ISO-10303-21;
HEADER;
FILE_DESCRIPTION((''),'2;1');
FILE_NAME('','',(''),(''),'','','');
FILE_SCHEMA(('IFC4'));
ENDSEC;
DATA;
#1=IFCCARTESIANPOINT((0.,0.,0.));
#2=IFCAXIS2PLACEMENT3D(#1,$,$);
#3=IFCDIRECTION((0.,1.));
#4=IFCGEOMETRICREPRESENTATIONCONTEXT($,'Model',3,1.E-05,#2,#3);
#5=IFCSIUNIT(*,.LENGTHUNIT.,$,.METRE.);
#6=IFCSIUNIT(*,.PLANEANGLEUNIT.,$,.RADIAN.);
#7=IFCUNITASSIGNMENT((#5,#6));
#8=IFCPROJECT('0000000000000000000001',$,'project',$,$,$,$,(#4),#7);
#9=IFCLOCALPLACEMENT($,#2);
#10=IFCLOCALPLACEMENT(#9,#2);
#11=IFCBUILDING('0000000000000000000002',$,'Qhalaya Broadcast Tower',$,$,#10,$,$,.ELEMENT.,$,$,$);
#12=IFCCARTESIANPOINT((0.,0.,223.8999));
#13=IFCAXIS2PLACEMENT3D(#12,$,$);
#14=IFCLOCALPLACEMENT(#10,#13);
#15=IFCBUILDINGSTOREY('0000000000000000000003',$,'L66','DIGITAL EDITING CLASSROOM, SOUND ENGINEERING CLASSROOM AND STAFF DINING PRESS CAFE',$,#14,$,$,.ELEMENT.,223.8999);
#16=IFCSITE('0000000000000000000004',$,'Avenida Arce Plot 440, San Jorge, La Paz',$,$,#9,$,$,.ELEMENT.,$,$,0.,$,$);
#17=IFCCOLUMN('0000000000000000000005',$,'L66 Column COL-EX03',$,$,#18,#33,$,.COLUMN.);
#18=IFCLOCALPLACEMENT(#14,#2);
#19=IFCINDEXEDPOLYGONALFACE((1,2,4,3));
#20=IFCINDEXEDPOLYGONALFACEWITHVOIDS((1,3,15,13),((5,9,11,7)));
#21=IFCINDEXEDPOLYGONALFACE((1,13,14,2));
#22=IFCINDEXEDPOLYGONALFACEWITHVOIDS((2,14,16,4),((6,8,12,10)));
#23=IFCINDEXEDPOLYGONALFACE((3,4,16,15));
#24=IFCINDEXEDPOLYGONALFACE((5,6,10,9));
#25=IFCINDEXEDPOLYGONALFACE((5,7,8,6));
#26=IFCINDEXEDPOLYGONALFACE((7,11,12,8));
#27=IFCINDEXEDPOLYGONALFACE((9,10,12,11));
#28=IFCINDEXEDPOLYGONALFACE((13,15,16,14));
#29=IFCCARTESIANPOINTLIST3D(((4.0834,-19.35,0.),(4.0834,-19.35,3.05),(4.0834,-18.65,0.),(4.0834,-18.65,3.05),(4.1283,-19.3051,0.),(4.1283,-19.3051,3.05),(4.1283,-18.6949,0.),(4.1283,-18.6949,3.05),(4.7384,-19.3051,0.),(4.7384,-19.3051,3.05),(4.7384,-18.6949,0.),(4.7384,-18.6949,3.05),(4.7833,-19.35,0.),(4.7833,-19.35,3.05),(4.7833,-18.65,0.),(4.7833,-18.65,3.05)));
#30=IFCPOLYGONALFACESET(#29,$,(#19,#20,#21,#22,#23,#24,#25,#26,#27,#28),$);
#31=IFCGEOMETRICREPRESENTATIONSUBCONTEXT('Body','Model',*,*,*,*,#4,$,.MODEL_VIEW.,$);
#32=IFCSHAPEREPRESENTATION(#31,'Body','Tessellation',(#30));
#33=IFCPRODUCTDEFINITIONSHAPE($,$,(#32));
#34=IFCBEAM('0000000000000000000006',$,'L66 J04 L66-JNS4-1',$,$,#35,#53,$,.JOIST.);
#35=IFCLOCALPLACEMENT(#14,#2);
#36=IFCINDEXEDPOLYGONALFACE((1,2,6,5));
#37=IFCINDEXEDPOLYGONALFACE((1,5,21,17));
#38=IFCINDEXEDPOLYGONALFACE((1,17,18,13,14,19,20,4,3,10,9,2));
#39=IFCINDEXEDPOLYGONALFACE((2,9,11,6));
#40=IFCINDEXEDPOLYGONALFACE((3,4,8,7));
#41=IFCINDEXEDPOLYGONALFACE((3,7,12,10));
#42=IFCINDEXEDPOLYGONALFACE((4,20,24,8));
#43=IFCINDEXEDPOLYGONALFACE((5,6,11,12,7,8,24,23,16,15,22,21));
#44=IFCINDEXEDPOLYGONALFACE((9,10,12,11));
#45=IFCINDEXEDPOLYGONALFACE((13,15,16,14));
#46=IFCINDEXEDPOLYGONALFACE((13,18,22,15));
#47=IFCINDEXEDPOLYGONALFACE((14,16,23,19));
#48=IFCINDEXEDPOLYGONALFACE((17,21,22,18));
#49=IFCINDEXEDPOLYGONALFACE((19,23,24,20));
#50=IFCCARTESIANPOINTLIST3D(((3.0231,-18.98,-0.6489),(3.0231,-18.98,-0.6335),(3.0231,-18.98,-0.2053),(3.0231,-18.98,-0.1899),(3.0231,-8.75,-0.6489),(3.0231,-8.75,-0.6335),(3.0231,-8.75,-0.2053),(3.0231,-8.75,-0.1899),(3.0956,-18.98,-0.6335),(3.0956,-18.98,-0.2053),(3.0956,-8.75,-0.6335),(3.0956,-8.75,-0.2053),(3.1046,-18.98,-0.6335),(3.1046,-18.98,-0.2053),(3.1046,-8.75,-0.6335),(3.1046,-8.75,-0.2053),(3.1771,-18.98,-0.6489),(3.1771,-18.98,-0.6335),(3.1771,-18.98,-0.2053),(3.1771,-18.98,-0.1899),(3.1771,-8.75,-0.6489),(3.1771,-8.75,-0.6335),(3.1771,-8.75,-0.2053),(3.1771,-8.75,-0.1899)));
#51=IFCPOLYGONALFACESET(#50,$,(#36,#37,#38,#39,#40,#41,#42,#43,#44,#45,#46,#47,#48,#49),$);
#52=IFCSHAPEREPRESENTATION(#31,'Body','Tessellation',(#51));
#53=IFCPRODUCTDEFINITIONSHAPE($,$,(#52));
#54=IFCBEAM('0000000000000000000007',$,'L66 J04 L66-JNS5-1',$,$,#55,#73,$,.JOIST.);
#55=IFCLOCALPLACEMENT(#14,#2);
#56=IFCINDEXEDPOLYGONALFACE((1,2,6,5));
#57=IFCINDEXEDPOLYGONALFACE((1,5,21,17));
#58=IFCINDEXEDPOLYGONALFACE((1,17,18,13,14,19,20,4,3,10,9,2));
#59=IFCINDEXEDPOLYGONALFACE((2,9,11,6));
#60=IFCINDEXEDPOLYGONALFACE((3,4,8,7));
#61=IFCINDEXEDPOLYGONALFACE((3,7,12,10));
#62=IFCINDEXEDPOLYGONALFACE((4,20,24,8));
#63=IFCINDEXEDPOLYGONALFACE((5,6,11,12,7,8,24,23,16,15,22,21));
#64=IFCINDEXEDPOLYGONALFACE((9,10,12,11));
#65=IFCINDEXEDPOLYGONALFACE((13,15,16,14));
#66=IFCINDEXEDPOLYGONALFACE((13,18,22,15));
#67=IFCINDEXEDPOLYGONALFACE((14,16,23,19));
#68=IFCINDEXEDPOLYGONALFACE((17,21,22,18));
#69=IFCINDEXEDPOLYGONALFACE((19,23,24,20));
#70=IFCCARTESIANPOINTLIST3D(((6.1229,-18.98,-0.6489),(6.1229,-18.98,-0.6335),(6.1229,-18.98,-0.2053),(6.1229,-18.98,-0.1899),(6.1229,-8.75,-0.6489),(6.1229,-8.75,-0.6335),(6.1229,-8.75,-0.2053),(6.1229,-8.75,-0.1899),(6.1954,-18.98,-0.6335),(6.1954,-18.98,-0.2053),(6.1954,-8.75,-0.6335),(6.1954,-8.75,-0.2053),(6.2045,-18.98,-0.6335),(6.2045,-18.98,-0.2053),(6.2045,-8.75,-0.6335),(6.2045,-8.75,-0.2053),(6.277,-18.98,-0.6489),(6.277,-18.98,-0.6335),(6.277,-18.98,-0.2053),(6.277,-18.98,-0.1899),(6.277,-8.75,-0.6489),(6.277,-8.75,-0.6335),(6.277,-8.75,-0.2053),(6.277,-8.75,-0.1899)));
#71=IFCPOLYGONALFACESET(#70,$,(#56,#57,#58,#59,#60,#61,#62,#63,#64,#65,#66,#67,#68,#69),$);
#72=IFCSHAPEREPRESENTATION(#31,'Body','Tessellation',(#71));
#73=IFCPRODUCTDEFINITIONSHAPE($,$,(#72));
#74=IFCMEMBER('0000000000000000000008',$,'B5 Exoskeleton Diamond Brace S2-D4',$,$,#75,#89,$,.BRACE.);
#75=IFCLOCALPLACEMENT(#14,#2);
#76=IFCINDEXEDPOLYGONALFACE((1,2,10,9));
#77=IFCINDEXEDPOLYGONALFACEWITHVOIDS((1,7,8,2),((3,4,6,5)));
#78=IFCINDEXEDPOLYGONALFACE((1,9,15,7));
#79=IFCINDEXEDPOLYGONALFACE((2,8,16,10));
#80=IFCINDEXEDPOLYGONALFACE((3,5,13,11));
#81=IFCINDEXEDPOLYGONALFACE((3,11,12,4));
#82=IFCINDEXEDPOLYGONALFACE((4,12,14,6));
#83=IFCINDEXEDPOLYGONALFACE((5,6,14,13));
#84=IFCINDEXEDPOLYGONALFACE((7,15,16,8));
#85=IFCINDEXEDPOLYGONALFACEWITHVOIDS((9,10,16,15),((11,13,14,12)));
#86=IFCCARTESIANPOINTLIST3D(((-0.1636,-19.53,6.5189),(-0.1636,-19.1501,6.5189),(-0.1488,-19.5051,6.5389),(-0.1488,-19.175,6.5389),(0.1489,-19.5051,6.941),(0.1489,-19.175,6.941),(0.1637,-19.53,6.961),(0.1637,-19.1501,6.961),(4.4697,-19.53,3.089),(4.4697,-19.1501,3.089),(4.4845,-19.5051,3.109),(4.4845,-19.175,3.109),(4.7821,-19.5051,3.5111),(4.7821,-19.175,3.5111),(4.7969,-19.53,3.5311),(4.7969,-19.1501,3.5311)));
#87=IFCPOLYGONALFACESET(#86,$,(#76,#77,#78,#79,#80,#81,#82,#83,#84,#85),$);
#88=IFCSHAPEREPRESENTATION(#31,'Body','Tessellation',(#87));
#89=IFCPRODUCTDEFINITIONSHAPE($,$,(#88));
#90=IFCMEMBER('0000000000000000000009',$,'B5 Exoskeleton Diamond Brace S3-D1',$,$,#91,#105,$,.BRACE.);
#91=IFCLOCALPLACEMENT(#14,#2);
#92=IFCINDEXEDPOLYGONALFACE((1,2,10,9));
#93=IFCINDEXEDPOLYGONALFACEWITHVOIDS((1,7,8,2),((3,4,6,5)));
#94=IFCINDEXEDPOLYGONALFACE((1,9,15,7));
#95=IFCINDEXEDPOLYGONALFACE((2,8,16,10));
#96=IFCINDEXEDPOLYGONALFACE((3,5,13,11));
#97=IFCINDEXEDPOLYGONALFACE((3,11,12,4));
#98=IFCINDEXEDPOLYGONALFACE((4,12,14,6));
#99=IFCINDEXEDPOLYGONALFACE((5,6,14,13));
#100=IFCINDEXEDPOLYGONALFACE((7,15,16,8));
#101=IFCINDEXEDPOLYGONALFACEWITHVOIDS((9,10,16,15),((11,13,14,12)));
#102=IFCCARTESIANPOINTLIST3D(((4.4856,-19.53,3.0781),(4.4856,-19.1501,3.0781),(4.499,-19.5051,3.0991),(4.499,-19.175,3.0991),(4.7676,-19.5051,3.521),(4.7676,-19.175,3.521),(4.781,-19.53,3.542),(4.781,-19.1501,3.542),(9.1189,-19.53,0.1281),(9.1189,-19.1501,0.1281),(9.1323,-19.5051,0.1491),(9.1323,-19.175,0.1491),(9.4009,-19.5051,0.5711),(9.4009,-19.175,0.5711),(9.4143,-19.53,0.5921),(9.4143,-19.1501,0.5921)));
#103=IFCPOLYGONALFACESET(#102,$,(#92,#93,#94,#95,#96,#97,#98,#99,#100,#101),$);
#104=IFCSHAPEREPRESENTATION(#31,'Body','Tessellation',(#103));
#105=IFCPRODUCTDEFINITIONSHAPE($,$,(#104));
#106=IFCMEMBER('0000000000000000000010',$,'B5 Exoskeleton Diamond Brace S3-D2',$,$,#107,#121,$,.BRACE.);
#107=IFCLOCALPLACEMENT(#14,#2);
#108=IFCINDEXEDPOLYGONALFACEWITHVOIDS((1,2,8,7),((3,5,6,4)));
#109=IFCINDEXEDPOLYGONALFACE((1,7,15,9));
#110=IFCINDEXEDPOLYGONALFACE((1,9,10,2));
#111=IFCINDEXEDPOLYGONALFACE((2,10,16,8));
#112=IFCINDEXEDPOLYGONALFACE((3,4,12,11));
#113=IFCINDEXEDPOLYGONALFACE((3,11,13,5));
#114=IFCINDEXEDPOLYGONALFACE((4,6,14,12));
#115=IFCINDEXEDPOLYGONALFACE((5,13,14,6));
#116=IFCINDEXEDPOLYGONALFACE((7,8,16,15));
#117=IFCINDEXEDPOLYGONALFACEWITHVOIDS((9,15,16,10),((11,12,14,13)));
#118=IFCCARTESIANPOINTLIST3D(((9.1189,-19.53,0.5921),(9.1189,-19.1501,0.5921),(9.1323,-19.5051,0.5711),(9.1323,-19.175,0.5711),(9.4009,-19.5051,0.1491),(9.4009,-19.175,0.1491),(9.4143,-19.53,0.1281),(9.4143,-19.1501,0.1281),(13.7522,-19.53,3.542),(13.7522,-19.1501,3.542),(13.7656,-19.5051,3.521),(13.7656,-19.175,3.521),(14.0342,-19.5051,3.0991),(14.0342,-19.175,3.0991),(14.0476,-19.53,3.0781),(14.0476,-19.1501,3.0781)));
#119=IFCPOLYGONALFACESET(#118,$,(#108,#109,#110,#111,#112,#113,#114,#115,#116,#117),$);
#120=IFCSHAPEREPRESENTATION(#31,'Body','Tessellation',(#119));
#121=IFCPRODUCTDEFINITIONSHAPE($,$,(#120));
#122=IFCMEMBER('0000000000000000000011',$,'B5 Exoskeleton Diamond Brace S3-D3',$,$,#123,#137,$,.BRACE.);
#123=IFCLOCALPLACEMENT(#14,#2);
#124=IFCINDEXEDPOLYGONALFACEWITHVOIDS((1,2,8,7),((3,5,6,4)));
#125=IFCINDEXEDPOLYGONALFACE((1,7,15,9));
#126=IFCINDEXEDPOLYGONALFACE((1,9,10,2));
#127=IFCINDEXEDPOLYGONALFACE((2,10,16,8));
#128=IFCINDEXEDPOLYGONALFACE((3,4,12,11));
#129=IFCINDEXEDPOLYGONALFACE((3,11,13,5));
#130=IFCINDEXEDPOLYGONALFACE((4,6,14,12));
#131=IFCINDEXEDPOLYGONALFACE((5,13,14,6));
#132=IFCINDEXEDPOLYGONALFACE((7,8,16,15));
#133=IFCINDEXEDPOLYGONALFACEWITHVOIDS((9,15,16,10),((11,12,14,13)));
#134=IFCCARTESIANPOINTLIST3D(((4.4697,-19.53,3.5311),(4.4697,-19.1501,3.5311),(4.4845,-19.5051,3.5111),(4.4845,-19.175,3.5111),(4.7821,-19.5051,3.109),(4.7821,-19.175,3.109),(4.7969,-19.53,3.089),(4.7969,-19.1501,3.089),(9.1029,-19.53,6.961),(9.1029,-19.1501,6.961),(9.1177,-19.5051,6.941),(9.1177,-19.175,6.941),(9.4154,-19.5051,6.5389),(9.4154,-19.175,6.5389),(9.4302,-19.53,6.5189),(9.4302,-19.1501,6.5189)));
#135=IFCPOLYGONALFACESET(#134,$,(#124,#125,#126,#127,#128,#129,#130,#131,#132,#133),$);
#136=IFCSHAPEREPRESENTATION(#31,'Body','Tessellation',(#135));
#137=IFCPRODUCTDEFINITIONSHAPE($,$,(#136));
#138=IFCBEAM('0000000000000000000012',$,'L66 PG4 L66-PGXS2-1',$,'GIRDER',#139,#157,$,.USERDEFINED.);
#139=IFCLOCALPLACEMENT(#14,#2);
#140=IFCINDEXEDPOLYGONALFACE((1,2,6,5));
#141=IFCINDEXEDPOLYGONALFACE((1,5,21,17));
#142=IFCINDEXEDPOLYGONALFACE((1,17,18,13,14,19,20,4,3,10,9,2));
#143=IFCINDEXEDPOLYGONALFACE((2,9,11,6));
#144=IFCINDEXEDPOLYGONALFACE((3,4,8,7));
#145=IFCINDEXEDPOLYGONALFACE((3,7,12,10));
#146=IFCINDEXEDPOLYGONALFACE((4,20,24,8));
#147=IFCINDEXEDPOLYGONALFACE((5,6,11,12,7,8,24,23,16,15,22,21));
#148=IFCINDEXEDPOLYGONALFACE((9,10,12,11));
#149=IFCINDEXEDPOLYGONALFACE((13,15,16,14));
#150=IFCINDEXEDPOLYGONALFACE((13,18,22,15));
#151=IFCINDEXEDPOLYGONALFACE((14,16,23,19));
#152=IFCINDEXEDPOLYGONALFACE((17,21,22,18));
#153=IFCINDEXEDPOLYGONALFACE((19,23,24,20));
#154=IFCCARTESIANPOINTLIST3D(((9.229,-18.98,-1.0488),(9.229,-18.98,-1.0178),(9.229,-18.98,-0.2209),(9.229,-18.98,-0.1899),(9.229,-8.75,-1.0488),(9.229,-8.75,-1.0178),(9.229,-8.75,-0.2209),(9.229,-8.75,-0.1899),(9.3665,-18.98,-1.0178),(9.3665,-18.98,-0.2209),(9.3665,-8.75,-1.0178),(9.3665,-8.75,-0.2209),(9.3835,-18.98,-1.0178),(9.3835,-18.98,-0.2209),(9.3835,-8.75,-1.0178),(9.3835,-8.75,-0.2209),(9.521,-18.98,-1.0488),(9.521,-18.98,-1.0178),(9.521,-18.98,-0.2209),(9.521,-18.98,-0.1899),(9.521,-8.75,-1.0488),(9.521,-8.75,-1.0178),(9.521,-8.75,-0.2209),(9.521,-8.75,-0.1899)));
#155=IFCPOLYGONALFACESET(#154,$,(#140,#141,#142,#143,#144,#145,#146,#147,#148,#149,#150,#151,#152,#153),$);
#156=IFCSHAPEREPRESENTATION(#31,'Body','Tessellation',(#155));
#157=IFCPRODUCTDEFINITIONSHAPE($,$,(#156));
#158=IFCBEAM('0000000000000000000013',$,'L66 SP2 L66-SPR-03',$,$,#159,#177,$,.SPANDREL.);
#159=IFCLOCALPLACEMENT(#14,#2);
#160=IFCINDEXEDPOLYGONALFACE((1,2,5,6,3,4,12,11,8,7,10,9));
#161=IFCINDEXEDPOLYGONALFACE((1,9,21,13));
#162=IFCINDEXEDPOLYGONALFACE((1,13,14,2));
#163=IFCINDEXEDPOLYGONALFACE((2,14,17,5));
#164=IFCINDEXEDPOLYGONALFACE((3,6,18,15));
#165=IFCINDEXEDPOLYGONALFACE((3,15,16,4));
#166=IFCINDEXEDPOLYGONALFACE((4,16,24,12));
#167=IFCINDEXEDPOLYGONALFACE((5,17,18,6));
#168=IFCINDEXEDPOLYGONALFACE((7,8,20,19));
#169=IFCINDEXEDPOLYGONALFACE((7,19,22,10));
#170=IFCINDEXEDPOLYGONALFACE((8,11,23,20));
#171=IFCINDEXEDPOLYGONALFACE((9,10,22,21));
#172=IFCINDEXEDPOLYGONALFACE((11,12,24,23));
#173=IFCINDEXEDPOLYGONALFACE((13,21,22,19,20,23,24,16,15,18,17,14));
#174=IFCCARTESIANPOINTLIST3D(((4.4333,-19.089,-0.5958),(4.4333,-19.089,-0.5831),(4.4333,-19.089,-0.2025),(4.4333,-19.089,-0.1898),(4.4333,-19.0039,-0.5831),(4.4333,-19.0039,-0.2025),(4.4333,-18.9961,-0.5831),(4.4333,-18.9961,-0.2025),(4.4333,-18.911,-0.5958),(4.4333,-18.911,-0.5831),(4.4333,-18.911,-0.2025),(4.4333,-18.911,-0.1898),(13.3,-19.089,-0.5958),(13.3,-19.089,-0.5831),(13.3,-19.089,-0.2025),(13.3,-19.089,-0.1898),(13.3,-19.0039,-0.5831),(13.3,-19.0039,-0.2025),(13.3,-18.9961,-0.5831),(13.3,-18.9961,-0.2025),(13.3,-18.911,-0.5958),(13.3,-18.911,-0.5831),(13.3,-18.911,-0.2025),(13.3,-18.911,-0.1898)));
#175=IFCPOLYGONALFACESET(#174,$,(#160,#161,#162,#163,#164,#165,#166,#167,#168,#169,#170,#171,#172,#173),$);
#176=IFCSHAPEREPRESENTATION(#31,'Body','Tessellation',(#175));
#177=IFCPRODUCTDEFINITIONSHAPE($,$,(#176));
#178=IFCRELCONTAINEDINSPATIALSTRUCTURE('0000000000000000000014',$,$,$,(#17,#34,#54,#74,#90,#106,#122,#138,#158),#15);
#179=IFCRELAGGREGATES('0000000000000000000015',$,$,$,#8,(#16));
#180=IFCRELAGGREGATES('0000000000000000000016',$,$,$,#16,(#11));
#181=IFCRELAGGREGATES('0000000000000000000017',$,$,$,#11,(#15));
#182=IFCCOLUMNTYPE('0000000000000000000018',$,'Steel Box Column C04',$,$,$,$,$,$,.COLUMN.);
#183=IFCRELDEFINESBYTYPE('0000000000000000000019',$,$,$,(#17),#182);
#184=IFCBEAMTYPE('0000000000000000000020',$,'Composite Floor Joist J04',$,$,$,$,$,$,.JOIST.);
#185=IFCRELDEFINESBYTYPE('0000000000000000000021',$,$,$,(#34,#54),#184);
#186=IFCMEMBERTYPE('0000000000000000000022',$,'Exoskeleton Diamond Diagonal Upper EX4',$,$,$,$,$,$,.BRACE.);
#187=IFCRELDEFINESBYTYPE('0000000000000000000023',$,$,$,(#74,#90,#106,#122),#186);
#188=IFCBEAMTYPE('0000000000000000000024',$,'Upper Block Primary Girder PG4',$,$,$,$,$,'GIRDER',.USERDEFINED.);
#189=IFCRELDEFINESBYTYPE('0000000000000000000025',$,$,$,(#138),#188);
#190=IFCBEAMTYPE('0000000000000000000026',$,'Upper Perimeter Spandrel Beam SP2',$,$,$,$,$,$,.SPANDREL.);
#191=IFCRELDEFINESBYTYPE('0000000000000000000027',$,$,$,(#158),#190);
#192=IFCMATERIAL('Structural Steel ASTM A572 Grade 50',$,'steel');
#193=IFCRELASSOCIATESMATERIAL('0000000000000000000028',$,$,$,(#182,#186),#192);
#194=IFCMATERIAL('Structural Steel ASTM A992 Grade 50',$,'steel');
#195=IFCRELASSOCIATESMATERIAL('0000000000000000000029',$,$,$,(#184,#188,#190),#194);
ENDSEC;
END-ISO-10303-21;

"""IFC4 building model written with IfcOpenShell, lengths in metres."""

from ifc_helpers import new_model, si_unit, direction, frame, origin, origin_2d, place, context, subcontext, project, spatial, hollow_rectangle, i_section, extrude, material, material_profile, profile_set, type_object, element, save


model = new_model("IFC4")

# Units and contexts
model_context = context("Model", 3, precision=1e-05, world=origin(), true_north=direction((0.0, 1.0)))
body_context = subcontext(model_context, "Body", "Model", "MODEL_VIEW")
ifc_project = project(units=[si_unit("LENGTHUNIT", "METRE"), si_unit("PLANEANGLEUNIT", "RADIAN")], contexts=[model_context])

# Site, building, storey
site_placement = place(None, origin())
site = spatial("IfcSite", under=ifc_project, at=site_placement, Name="Avenida Arce Plot 440, San Jorge, La Paz", CompositionType="ELEMENT", RefElevation=0.0)
building_placement = place(site_placement, origin())
building = spatial("IfcBuilding", under=site, at=building_placement, Name="Qhalaya Broadcast Tower", CompositionType="ELEMENT")
storey_placement = place(building_placement, frame((0.0, 0.0, 223.8999)))
storey = spatial("IfcBuildingStorey", under=building, at=storey_placement, Name="L66", Description="DIGITAL EDITING CLASSROOM, SOUND ENGINEERING CLASSROOM AND STAFF DINING PRESS CAFE", CompositionType="ELEMENT", Elevation=223.8999)

# Column
ifc_material_1 = material(Name="Structural Steel ASTM A572 Grade 50", Category="steel")
ifc_material_profile_1 = material_profile(ifc_material_1, hollow_rectangle(XDim=0.7, YDim=0.7, WallThickness=0.0449, at=origin_2d()), Name="BOX 700x700x45")
ifc_profile_set_1 = profile_set([ifc_material_profile_1], Name="Structural Steel ASTM A572 Grade 50")
column_type = type_object("IfcColumnType", Name="Steel Box Column C04", PredefinedType="COLUMN", material=ifc_profile_set_1)
column_placement = place(storey_placement, frame((4.4333, -19.0, 0.0), z_axis=(0.0, 0.0, 1.0), x_axis=(1.0, 0.0, 0.0)))
element("IfcColumn", 1, at=column_placement, inside=storey, type_object=column_type, Name="L66 Column COL-EX03", PredefinedType="COLUMN", context=body_context, shape_type="SweptSolid", body=[
    extrude(hollow_rectangle(XDim=0.7, YDim=0.7, WallThickness=0.0449, at=origin_2d()), origin(), (0.0, 0.0, 1.0), 3.05),
])

# Beams
ifc_material_2 = material(Name="Structural Steel ASTM A992 Grade 50", Category="steel")
ifc_material_profile_2 = material_profile(ifc_material_2, i_section(OverallWidth=0.1541, OverallDepth=0.459, WebThickness=0.009, FlangeThickness=0.0154, at=origin_2d()), Name="W18X46")
ifc_profile_set_2 = profile_set([ifc_material_profile_2], Name="Structural Steel ASTM A992 Grade 50")
beam_type_1 = type_object("IfcBeamType", Name="Composite Floor Joist J04", PredefinedType="JOIST", material=ifc_profile_set_2)
for number, where, z_axis, x_axis, name in (
    (2, (3.1001, -18.98, -0.4194), (0.0, 1.0, 0.0), (-1.0, 0.0, 0.0), "L66 J04 L66-JNS4-1"),
    (3, (6.2, -18.98, -0.4194), (0.0, 1.0, 0.0), (-1.0, 0.0, 0.0), "L66 J04 L66-JNS5-1"),
):
    element("IfcBeam", number, at=place(storey_placement, frame(where, z_axis=z_axis, x_axis=x_axis)), inside=storey, type_object=beam_type_1, Name=name, PredefinedType="JOIST", context=body_context, shape_type="SweptSolid", body=[
        extrude(i_section(OverallWidth=0.1541, OverallDepth=0.459, WebThickness=0.009, FlangeThickness=0.0154, at=origin_2d()), origin(), (0.0, 0.0, 1.0), 10.23),
    ])

# Members
ifc_material_profile_3 = material_profile(ifc_material_1, hollow_rectangle(XDim=0.3799, YDim=0.55, WallThickness=0.0249, at=origin_2d()), Name="BOX 380x550x25")
ifc_profile_set_3 = profile_set([ifc_material_profile_3], Name="Structural Steel ASTM A572 Grade 50")
member_type = type_object("IfcMemberType", Name="Exoskeleton Diamond Diagonal Upper EX4", PredefinedType="BRACE", material=ifc_profile_set_3)
member_1_placement = place(storey_placement, frame((4.6333, -19.3401, 3.3101), z_axis=(-0.803735, 0.0, 0.594987), x_axis=(0.0, -1.0, 0.0)))
element("IfcMember", 4, at=member_1_placement, inside=storey, type_object=member_type, Name="B5 Exoskeleton Diamond Brace S2-D4", PredefinedType="BRACE", context=body_context, shape_type="SweptSolid", body=[
    extrude(hollow_rectangle(XDim=0.3799, YDim=0.55, WallThickness=0.0249, at=origin_2d()), origin(), (0.0, 0.0, 1.0), 5.7646),
])
for number, where, z_axis, x_axis, name in (
    (5, (9.2666, -19.3401, 0.3601), (-0.843539, 0.0, 0.537068), (0.0, -1.0, 0.0), "B5 Exoskeleton Diamond Brace S3-D1"),
    (6, (9.2666, -19.3401, 0.3601), (0.843539, 0.0, 0.537068), (0.0, 1.0, 0.0), "B5 Exoskeleton Diamond Brace S3-D2"),
):
    element("IfcMember", number, at=place(storey_placement, frame(where, z_axis=z_axis, x_axis=x_axis)), inside=storey, type_object=member_type, Name=name, PredefinedType="BRACE", context=body_context, shape_type="SweptSolid", body=[
        extrude(hollow_rectangle(XDim=0.3799, YDim=0.55, WallThickness=0.0249, at=origin_2d()), origin(), (0.0, 0.0, 1.0), 5.4927),
    ])
member_2_placement = place(storey_placement, frame((4.6333, -19.3401, 3.3101), z_axis=(0.803735, 0.0, 0.594987), x_axis=(0.0, 1.0, 0.0)))
element("IfcMember", 7, at=member_2_placement, inside=storey, type_object=member_type, Name="B5 Exoskeleton Diamond Brace S3-D3", PredefinedType="BRACE", context=body_context, shape_type="SweptSolid", body=[
    extrude(hollow_rectangle(XDim=0.3799, YDim=0.55, WallThickness=0.0249, at=origin_2d()), origin(), (0.0, 0.0, 1.0), 5.7646),
])

# Beams
ifc_material_profile_4 = material_profile(ifc_material_2, i_section(OverallWidth=0.292, OverallDepth=0.8589, WebThickness=0.0171, FlangeThickness=0.031, at=origin_2d()), Name="W33X169")
ifc_profile_set_4 = profile_set([ifc_material_profile_4], Name="Structural Steel ASTM A992 Grade 50")
beam_type_2 = type_object("IfcBeamType", Name="Upper Block Primary Girder PG4", ElementType="GIRDER", PredefinedType="USERDEFINED", material=ifc_profile_set_4)
beam_1_placement = place(storey_placement, frame((9.375, -18.98, -0.6194), z_axis=(0.0, 1.0, 0.0), x_axis=(-1.0, 0.0, 0.0)))
element("IfcBeam", 8, at=beam_1_placement, inside=storey, type_object=beam_type_2, Name="L66 PG4 L66-PGXS2-1", ObjectType="GIRDER", PredefinedType="USERDEFINED", context=body_context, shape_type="SweptSolid", body=[
    extrude(i_section(OverallWidth=0.292, OverallDepth=0.8589, WebThickness=0.0171, FlangeThickness=0.031, at=origin_2d()), origin(), (0.0, 0.0, 1.0), 10.23),
])
ifc_material_profile_5 = material_profile(ifc_material_2, i_section(OverallWidth=0.178, OverallDepth=0.406, WebThickness=0.0078, FlangeThickness=0.0127, at=origin_2d()), Name="W16X40")
ifc_profile_set_5 = profile_set([ifc_material_profile_5], Name="Structural Steel ASTM A992 Grade 50")
beam_type_3 = type_object("IfcBeamType", Name="Upper Perimeter Spandrel Beam SP2", PredefinedType="SPANDREL", material=ifc_profile_set_5)
beam_2_placement = place(storey_placement, frame((4.4333, -19.0, -0.3928), z_axis=(1.0, 0.0, 0.0), x_axis=(0.0, 1.0, 0.0)))
element("IfcBeam", 9, at=beam_2_placement, inside=storey, type_object=beam_type_3, Name="L66 SP2 L66-SPR-03", PredefinedType="SPANDREL", context=body_context, shape_type="SweptSolid", body=[
    extrude(i_section(OverallWidth=0.178, OverallDepth=0.406, WebThickness=0.0078, FlangeThickness=0.0127, at=origin_2d()), origin(), (0.0, 0.0, 1.0), 8.8667),
])

save(model, "model.ifc")
